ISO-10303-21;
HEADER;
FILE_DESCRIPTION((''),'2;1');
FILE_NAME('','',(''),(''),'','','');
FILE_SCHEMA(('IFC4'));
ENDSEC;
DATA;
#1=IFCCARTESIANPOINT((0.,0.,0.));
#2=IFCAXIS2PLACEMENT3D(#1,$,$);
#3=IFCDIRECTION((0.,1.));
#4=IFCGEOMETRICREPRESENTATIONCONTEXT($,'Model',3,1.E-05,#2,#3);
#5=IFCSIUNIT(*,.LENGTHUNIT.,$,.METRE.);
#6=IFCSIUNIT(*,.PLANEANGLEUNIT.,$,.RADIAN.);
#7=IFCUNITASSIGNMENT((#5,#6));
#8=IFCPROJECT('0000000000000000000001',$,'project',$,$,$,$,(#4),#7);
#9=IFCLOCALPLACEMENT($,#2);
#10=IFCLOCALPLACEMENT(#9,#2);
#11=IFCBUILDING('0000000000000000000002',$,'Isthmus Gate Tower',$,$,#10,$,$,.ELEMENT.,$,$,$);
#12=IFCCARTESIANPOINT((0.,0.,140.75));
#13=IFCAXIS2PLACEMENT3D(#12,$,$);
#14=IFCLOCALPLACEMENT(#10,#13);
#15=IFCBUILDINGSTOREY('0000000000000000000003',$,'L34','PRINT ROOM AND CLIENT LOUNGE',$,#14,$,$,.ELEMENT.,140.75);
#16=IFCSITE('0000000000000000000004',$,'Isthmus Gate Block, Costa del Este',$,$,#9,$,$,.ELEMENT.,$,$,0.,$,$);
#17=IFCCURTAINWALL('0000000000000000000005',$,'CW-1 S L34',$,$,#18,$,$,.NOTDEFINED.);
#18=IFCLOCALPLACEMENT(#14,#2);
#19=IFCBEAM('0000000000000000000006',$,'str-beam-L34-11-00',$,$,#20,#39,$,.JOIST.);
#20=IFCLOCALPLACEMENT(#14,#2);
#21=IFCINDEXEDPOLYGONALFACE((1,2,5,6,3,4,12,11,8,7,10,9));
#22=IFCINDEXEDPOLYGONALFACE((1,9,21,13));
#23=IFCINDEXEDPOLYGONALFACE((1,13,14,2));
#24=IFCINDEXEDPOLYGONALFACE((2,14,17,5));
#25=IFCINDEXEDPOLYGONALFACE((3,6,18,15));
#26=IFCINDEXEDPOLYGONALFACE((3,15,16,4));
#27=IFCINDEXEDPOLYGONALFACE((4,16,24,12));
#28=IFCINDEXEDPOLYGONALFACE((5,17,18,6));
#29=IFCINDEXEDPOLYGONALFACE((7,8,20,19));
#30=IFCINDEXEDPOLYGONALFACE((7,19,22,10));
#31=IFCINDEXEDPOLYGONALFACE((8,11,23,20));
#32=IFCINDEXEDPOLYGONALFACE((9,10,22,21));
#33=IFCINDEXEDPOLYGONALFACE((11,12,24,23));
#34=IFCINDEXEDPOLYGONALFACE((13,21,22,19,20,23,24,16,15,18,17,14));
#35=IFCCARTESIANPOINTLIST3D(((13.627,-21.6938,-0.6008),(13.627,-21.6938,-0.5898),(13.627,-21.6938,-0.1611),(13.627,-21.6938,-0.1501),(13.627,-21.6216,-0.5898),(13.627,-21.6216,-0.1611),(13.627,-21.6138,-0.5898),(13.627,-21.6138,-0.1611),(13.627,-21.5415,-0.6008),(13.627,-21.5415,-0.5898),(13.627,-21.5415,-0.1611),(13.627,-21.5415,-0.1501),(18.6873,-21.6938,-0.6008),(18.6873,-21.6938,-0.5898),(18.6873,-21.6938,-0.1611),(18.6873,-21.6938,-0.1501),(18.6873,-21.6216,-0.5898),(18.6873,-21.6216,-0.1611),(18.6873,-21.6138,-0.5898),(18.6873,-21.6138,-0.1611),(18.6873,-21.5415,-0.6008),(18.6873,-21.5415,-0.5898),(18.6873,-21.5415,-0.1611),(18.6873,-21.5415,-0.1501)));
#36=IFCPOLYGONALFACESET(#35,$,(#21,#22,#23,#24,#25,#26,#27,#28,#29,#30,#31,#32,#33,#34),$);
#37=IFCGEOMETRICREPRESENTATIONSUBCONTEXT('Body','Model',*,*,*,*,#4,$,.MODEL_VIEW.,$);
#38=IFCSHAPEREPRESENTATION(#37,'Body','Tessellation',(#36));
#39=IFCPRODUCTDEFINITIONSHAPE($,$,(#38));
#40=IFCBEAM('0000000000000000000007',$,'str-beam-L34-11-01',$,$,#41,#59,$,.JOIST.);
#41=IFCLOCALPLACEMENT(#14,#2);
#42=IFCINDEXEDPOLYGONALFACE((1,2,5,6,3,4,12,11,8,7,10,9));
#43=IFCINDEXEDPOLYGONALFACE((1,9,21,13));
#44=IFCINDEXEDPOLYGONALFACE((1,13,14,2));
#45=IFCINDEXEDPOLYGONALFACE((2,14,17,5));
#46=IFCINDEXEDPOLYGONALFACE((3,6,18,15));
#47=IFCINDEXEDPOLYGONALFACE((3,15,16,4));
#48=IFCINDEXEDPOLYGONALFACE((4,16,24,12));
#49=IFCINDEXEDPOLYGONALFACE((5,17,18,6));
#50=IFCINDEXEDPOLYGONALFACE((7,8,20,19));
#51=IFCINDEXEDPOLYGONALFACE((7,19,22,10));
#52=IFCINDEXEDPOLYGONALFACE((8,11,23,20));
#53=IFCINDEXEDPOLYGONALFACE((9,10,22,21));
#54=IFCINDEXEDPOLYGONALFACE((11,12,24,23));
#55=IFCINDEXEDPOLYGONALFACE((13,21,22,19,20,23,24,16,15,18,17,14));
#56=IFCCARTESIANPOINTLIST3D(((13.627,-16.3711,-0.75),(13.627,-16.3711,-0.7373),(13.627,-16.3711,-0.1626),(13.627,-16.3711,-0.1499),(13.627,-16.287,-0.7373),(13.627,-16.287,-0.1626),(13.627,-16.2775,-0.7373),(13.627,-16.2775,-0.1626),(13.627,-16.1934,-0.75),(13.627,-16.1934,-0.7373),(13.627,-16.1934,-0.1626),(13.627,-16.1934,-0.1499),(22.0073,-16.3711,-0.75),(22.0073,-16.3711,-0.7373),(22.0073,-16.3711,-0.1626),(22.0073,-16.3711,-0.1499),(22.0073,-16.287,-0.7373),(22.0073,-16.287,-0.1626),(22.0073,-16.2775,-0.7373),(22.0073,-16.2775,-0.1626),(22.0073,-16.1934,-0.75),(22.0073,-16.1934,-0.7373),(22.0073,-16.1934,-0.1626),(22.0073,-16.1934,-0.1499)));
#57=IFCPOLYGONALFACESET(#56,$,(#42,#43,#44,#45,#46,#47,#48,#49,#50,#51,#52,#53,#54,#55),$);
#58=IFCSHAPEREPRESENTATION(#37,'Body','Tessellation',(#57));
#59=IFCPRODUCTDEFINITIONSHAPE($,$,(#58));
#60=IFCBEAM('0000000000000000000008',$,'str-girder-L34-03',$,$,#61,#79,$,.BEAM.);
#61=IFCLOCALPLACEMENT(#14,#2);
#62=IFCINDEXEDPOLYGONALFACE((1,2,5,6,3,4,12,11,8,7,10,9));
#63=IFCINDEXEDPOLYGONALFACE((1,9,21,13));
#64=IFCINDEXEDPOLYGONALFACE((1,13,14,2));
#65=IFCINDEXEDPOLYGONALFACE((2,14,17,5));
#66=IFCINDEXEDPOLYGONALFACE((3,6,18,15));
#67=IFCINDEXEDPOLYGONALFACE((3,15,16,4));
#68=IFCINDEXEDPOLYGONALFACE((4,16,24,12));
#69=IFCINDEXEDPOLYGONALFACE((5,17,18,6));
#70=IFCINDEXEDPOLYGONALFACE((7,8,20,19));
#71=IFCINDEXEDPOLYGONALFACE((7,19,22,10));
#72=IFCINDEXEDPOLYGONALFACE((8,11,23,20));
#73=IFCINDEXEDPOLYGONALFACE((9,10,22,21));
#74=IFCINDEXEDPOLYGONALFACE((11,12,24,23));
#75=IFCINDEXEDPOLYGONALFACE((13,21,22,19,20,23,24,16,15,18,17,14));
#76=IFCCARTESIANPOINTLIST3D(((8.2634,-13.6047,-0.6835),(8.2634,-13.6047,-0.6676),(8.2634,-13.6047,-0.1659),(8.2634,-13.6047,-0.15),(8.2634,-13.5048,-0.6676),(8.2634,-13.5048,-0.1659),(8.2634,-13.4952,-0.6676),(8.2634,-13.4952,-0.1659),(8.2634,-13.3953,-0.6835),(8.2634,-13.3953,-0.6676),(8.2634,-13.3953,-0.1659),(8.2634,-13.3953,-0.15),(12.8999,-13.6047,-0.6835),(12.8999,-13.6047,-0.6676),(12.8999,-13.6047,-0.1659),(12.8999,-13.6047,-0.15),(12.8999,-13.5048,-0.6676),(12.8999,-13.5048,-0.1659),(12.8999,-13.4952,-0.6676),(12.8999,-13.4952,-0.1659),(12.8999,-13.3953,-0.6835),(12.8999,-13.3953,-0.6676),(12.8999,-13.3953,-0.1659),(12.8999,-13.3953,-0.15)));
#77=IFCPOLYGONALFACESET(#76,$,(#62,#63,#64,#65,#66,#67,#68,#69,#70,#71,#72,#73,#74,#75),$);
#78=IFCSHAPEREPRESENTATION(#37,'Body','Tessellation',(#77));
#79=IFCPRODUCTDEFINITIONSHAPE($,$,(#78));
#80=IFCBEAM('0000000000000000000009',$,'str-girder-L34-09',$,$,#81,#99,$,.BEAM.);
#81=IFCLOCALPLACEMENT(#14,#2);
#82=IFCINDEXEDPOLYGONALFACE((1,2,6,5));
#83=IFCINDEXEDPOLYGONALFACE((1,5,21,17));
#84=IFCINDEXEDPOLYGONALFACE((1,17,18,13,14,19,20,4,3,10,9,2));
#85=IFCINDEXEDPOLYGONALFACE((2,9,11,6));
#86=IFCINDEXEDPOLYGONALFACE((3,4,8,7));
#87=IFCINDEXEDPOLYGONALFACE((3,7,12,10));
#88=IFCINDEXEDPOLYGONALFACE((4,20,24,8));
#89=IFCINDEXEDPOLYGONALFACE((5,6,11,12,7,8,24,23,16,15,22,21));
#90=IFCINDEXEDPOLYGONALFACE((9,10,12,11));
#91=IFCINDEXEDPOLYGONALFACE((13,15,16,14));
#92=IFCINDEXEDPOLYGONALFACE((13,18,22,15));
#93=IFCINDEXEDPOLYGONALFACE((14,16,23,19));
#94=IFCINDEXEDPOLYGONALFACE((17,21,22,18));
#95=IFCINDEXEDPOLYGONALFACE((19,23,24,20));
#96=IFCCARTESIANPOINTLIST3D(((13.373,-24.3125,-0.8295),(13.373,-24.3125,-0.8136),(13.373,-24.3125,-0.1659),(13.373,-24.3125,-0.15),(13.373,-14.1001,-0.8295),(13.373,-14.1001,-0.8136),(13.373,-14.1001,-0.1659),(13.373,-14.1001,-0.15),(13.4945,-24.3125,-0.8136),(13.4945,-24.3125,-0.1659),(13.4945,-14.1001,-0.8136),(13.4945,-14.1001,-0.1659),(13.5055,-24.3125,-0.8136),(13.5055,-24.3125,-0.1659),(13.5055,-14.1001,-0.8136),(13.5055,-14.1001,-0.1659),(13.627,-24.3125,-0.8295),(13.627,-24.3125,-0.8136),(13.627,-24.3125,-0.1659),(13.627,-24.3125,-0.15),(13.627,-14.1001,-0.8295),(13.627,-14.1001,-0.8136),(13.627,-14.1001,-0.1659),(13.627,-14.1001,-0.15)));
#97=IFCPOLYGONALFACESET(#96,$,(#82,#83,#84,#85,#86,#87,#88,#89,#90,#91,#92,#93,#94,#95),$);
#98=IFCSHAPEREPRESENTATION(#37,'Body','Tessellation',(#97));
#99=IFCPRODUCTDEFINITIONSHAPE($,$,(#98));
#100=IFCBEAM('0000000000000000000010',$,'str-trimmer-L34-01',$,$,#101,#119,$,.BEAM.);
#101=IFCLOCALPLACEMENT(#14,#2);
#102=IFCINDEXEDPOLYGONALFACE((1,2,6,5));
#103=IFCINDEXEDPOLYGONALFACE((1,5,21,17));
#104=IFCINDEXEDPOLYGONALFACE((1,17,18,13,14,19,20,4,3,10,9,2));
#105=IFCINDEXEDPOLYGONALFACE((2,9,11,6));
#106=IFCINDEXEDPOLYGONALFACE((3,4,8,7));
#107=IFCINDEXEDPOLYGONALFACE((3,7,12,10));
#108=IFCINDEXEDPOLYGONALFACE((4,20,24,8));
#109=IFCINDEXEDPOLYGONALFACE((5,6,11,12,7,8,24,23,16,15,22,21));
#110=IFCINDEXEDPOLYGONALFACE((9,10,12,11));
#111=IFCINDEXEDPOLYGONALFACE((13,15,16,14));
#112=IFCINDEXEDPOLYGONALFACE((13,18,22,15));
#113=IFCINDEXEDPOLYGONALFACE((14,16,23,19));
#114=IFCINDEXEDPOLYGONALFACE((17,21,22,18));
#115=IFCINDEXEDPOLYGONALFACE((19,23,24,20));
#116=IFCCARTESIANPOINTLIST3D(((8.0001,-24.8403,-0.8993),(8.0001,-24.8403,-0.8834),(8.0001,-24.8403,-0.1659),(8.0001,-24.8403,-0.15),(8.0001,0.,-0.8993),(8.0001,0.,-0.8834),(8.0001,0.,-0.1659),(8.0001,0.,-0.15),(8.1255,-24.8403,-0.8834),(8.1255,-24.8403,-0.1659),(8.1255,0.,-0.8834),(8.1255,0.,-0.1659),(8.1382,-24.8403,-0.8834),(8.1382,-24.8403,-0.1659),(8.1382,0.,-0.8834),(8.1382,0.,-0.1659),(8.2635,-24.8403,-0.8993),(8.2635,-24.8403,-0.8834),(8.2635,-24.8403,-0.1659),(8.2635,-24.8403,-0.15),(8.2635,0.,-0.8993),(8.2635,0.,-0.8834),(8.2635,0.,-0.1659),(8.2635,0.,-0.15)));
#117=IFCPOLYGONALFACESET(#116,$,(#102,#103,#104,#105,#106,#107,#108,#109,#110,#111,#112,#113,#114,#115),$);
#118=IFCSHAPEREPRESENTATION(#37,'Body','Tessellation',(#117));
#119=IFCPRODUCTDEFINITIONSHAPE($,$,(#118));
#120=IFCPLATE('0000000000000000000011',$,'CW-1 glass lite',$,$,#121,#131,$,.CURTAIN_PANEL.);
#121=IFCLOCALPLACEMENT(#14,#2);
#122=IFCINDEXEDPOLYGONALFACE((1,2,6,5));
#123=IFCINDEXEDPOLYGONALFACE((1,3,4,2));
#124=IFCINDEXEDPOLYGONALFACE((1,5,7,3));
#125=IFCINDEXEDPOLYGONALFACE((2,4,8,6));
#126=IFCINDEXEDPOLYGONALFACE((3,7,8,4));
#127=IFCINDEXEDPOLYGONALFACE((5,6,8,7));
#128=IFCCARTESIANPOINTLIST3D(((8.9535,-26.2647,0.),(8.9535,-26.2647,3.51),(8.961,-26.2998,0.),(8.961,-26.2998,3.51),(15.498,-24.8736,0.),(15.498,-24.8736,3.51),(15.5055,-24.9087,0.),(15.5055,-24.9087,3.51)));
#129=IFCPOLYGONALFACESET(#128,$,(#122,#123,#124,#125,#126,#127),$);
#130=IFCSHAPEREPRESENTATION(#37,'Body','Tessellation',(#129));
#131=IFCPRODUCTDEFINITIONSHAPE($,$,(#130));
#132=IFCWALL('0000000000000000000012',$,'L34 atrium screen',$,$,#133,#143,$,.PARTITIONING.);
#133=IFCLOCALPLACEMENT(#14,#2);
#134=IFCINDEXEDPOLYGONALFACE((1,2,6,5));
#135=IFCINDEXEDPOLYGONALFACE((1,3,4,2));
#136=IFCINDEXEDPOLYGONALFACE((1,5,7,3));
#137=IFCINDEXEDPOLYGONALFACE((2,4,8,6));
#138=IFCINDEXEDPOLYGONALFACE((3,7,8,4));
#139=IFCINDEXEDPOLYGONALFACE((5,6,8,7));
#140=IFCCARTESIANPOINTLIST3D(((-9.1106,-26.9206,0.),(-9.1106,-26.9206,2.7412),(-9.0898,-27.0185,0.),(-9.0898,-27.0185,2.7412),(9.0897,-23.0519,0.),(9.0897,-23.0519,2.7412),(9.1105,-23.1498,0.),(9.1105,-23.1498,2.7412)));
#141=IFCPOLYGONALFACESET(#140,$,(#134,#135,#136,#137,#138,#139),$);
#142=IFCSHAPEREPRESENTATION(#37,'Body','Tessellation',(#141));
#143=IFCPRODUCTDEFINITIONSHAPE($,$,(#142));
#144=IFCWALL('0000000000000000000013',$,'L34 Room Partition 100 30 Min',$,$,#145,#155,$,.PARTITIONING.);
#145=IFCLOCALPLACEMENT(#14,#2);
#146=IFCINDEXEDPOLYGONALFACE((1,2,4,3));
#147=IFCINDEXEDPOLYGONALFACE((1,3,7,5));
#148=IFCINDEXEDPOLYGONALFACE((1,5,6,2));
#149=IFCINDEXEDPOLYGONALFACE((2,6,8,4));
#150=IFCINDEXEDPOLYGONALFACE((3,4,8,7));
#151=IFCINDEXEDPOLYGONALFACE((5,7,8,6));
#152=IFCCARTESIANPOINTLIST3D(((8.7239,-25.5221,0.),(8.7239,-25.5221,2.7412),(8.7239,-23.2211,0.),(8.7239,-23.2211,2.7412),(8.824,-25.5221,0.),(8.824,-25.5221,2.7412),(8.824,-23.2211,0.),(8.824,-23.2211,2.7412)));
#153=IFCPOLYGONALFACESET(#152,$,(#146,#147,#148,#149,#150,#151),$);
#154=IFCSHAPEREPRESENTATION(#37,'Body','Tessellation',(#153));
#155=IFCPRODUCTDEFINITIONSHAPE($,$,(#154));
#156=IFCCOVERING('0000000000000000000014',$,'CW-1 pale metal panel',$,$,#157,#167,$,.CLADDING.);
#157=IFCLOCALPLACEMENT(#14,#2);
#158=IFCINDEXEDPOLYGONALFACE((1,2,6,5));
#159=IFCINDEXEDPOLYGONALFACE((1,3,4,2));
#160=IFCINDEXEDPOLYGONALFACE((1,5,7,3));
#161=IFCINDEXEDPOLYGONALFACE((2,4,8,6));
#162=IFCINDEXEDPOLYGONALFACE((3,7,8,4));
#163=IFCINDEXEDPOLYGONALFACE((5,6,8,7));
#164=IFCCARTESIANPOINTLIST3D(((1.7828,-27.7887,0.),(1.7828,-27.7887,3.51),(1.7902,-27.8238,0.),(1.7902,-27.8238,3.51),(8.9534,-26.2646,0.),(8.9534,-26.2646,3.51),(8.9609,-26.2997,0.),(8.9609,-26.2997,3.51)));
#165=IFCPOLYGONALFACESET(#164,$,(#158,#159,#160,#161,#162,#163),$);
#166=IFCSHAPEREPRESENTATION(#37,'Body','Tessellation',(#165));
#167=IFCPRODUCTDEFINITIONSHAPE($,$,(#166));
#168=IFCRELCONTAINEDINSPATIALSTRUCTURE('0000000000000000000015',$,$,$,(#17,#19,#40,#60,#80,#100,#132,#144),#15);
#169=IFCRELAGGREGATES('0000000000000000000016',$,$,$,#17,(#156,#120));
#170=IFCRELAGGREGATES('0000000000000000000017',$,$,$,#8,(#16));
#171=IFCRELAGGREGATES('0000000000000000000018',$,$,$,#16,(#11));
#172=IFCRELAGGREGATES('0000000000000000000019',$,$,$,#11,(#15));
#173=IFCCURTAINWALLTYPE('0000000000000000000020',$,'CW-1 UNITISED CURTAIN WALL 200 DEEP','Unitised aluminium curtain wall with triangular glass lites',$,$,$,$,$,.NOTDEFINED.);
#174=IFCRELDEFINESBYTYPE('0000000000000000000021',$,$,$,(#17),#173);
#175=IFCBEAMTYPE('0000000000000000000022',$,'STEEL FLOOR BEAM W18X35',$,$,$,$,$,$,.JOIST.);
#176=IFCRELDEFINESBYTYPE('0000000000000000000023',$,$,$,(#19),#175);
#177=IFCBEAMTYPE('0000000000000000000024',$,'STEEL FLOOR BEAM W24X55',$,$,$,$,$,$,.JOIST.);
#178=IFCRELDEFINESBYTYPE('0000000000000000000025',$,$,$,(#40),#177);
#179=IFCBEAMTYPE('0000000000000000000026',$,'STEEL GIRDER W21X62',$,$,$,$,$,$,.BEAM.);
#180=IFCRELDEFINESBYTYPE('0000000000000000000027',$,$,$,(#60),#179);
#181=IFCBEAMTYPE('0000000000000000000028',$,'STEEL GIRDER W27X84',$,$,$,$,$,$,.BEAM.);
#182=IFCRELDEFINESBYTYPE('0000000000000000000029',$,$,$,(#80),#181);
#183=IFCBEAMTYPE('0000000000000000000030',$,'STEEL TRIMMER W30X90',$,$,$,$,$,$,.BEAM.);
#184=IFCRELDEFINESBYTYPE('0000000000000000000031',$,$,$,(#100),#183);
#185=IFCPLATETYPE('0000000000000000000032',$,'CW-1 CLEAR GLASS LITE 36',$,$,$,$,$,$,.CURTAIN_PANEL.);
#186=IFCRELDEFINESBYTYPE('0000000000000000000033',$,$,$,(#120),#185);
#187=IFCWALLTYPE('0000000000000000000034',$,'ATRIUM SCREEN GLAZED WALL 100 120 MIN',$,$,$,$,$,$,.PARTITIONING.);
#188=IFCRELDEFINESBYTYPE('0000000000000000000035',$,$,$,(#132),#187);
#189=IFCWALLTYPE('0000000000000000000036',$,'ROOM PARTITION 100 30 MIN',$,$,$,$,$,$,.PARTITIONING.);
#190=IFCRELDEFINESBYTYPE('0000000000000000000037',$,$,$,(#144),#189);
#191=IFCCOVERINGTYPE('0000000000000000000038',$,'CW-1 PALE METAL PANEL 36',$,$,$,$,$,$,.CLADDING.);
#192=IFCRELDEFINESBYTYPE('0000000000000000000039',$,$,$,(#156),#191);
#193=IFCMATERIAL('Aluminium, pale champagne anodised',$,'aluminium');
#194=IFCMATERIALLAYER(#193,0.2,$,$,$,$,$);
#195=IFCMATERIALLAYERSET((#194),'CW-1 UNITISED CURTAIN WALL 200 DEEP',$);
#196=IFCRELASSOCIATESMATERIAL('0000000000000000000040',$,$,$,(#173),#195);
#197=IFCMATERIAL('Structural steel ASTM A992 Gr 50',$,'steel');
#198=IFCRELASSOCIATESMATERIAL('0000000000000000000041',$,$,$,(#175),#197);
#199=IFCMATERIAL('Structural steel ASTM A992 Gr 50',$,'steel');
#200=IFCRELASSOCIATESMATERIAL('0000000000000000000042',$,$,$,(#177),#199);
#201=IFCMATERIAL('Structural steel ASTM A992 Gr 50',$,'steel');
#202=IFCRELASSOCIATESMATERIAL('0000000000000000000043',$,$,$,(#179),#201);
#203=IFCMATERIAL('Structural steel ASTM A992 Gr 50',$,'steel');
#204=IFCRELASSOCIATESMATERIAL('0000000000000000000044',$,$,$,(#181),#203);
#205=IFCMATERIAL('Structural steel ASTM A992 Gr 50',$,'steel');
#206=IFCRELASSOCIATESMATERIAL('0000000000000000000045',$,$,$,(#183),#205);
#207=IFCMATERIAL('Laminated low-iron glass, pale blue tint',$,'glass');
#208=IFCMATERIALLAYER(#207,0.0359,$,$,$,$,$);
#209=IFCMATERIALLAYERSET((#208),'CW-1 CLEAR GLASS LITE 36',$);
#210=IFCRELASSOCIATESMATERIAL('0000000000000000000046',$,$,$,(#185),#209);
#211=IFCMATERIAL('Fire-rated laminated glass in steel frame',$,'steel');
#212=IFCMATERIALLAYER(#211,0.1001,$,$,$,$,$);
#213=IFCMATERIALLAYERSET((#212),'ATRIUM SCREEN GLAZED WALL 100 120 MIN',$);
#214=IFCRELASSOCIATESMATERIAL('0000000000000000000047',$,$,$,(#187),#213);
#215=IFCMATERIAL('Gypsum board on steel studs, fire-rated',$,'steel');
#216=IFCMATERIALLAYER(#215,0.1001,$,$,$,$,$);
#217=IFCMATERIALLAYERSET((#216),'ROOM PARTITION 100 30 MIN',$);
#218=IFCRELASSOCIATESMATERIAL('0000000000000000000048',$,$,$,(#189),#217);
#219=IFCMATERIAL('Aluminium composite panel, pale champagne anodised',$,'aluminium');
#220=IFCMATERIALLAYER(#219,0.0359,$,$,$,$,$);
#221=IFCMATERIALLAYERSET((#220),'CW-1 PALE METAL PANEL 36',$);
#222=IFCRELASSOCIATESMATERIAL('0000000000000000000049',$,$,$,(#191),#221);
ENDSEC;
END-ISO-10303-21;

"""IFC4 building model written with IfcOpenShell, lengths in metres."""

from ifc_helpers import new_model, si_unit, direction, frame, frame_2d, origin, origin_2d, place, context, subcontext, project, spatial, rectangle, i_section, extrude, material, layer, layer_set, material_profile, profile_set, type_object, element, aggregate, save


model = new_model("IFC4")

# Units and contexts
model_context = context("Model", 3, precision=1e-05, world=origin(), true_north=direction((0.0, 1.0)))
body_context = subcontext(model_context, "Body", "Model", "MODEL_VIEW")
ifc_project = project(units=[si_unit("LENGTHUNIT", "METRE"), si_unit("PLANEANGLEUNIT", "RADIAN")], contexts=[model_context])

# Site, building, storey
site_placement = place(None, origin())
site = spatial("IfcSite", under=ifc_project, at=site_placement, Name="Isthmus Gate Block, Costa del Este", CompositionType="ELEMENT", RefElevation=0.0)
building_placement = place(site_placement, origin())
building = spatial("IfcBuilding", under=site, at=building_placement, Name="Isthmus Gate Tower", CompositionType="ELEMENT")
storey_placement = place(building_placement, frame((0.0, 0.0, 140.75)))
storey = spatial("IfcBuildingStorey", under=building, at=storey_placement, Name="L34", Description="PRINT ROOM AND CLIENT LOUNGE", CompositionType="ELEMENT", Elevation=140.75)

# Curtain wall
ifc_material_1 = material(Name="Aluminium, pale champagne anodised", Category="aluminium")
ifc_layer_1 = layer(ifc_material_1, 0.2)
ifc_layer_set_1 = layer_set([ifc_layer_1], Name="CW-1 UNITISED CURTAIN WALL 200 DEEP")
curtain_wall_type = type_object("IfcCurtainWallType", Name="CW-1 UNITISED CURTAIN WALL 200 DEEP", Description="Unitised aluminium curtain wall with triangular glass lites", PredefinedType="NOTDEFINED", material=ifc_layer_set_1)
curtain_wall_placement = place(storey_placement, origin())
curtain_wall = element("IfcCurtainWall", 1, at=curtain_wall_placement, inside=storey, type_object=curtain_wall_type, Name="CW-1 S L34", PredefinedType="NOTDEFINED")

# Beams
ifc_material_2 = material(Name="Structural steel ASTM A992 Gr 50", Category="steel")
ifc_material_profile_1 = material_profile(ifc_material_2, i_section(OverallWidth=0.1523, OverallDepth=0.4507, WebThickness=0.0078, FlangeThickness=0.011, at=origin_2d()), Name="W18X35")
ifc_profile_set_1 = profile_set([ifc_material_profile_1], Name="Structural steel ASTM A992 Gr 50")
beam_type_1 = type_object("IfcBeamType", Name="STEEL FLOOR BEAM W18X35", PredefinedType="JOIST", material=ifc_profile_set_1)
beam_1_placement = place(storey_placement, frame((13.627, -21.6177, -0.3755), z_axis=(1.0, 0.0, 0.0), x_axis=(0.0, 1.0, 0.0)))
element("IfcBeam", 2, at=beam_1_placement, inside=storey, type_object=beam_type_1, Name="str-beam-L34-11-00", PredefinedType="JOIST", context=body_context, shape_type="SweptSolid", body=[
    extrude(i_section(OverallWidth=0.1523, OverallDepth=0.4507, WebThickness=0.0078, FlangeThickness=0.011, at=origin_2d()), origin(), (0.0, 0.0, 1.0), 5.0603),
])
ifc_material_3 = material(Name="Structural steel ASTM A992 Gr 50", Category="steel")
ifc_material_profile_2 = material_profile(ifc_material_3, i_section(OverallWidth=0.1777, OverallDepth=0.6001, WebThickness=0.0095, FlangeThickness=0.0127, at=origin_2d()), Name="W24X55")
ifc_profile_set_2 = profile_set([ifc_material_profile_2], Name="Structural steel ASTM A992 Gr 50")
beam_type_2 = type_object("IfcBeamType", Name="STEEL FLOOR BEAM W24X55", PredefinedType="JOIST", material=ifc_profile_set_2)
beam_2_placement = place(storey_placement, frame((13.627, -16.2822, -0.45), z_axis=(1.0, 0.0, 0.0), x_axis=(0.0, 1.0, 0.0)))
element("IfcBeam", 3, at=beam_2_placement, inside=storey, type_object=beam_type_2, Name="str-beam-L34-11-01", PredefinedType="JOIST", context=body_context, shape_type="SweptSolid", body=[
    extrude(i_section(OverallWidth=0.1777, OverallDepth=0.6001, WebThickness=0.0095, FlangeThickness=0.0127, at=origin_2d()), origin(), (0.0, 0.0, 1.0), 8.3804),
])
ifc_material_4 = material(Name="Structural steel ASTM A992 Gr 50", Category="steel")
ifc_material_profile_3 = material_profile(ifc_material_4, i_section(OverallWidth=0.2095, OverallDepth=0.5334, WebThickness=0.0095, FlangeThickness=0.0159, at=origin_2d()), Name="W21X62")
ifc_profile_set_3 = profile_set([ifc_material_profile_3], Name="Structural steel ASTM A992 Gr 50")
beam_type_3 = type_object("IfcBeamType", Name="STEEL GIRDER W21X62", PredefinedType="BEAM", material=ifc_profile_set_3)
beam_3_placement = place(storey_placement, frame((8.2634, -13.5, -0.4167), z_axis=(1.0, 0.0, 0.0), x_axis=(0.0, 1.0, 0.0)))
element("IfcBeam", 4, at=beam_3_placement, inside=storey, type_object=beam_type_3, Name="str-girder-L34-03", PredefinedType="BEAM", context=body_context, shape_type="SweptSolid", body=[
    extrude(i_section(OverallWidth=0.2095, OverallDepth=0.5334, WebThickness=0.0095, FlangeThickness=0.0159, at=origin_2d()), origin(), (0.0, 0.0, 1.0), 4.6365),
])
ifc_material_5 = material(Name="Structural steel ASTM A992 Gr 50", Category="steel")
ifc_material_profile_4 = material_profile(ifc_material_5, i_section(OverallWidth=0.2539, OverallDepth=0.6794, WebThickness=0.011, FlangeThickness=0.0159, at=origin_2d()), Name="W27X84")
ifc_profile_set_4 = profile_set([ifc_material_profile_4], Name="Structural steel ASTM A992 Gr 50")
beam_type_4 = type_object("IfcBeamType", Name="STEEL GIRDER W27X84", PredefinedType="BEAM", material=ifc_profile_set_4)
beam_4_placement = place(storey_placement, frame((13.5, -24.3125, -0.4897), z_axis=(0.0, 1.0, 0.0), x_axis=(-1.0, 0.0, 0.0)))
element("IfcBeam", 5, at=beam_4_placement, inside=storey, type_object=beam_type_4, Name="str-girder-L34-09", PredefinedType="BEAM", context=body_context, shape_type="SweptSolid", body=[
    extrude(i_section(OverallWidth=0.2539, OverallDepth=0.6794, WebThickness=0.011, FlangeThickness=0.0159, at=origin_2d()), origin(), (0.0, 0.0, 1.0), 10.2124),
])
ifc_material_6 = material(Name="Structural steel ASTM A992 Gr 50", Category="steel")
ifc_material_profile_5 = material_profile(ifc_material_6, i_section(OverallWidth=0.2634, OverallDepth=0.7493, WebThickness=0.0127, FlangeThickness=0.0159, at=origin_2d()), Name="W30X90")
ifc_profile_set_5 = profile_set([ifc_material_profile_5], Name="Structural steel ASTM A992 Gr 50")
beam_type_5 = type_object("IfcBeamType", Name="STEEL TRIMMER W30X90", PredefinedType="BEAM", material=ifc_profile_set_5)
beam_5_placement = place(storey_placement, frame((8.1318, -24.8403, -0.5247), z_axis=(0.0, 1.0, 0.0), x_axis=(-1.0, 0.0, 0.0)))
element("IfcBeam", 6, at=beam_5_placement, inside=storey, type_object=beam_type_5, Name="str-trimmer-L34-01", PredefinedType="BEAM", context=body_context, shape_type="SweptSolid", body=[
    extrude(i_section(OverallWidth=0.2634, OverallDepth=0.7493, WebThickness=0.0127, FlangeThickness=0.0159, at=origin_2d()), origin(), (0.0, 0.0, 1.0), 24.8403),
])

# Plate
ifc_material_7 = material(Name="Laminated low-iron glass, pale blue tint", Category="glass")
ifc_layer_2 = layer(ifc_material_7, 0.0359)
ifc_layer_set_2 = layer_set([ifc_layer_2], Name="CW-1 CLEAR GLASS LITE 36")
plate_type = type_object("IfcPlateType", Name="CW-1 CLEAR GLASS LITE 36", PredefinedType="CURTAIN_PANEL", material=ifc_layer_set_2)
plate_placement = place(storey_placement, frame((12.2295, -25.5867, 0.0), z_axis=(0.0, 0.0, 1.0), x_axis=(0.978148, 0.207912, 0.0)))
plate = element("IfcPlate", 7, at=plate_placement, type_object=plate_type, Name="CW-1 glass lite", PredefinedType="CURTAIN_PANEL", context=body_context, shape_type="SweptSolid", body=[
    extrude(rectangle(XDim=6.6907, YDim=0.0359, at=origin_2d()), origin(), (0.0, 0.0, 1.0), 3.51),
])

# Walls
ifc_material_8 = material(Name="Fire-rated laminated glass in steel frame", Category="steel")
ifc_layer_3 = layer(ifc_material_8, 0.1001)
ifc_layer_set_3 = layer_set([ifc_layer_3], Name="ATRIUM SCREEN GLAZED WALL 100 120 MIN")
wall_type_1 = type_object("IfcWallType", Name="ATRIUM SCREEN GLAZED WALL 100 120 MIN", PredefinedType="PARTITIONING", material=ifc_layer_set_3)
wall_1_placement = place(storey_placement, frame((9.1001, -23.1008, 0.0), z_axis=(0.0, 0.0, 1.0), x_axis=(-0.978147, -0.207916, 0.0)))
element("IfcWall", 8, at=wall_1_placement, inside=storey, type_object=wall_type_1, Name="L34 atrium screen", PredefinedType="PARTITIONING", context=body_context, shape_type="SweptSolid", body=[
    extrude(rectangle(XDim=18.6069, YDim=0.1001, at=frame_2d((9.3035, 0.0))), origin(), (0.0, 0.0, 1.0), 2.7412),
])
ifc_material_9 = material(Name="Gypsum board on steel studs, fire-rated", Category="steel")
ifc_layer_4 = layer(ifc_material_9, 0.1001)
ifc_layer_set_4 = layer_set([ifc_layer_4], Name="ROOM PARTITION 100 30 MIN")
wall_type_2 = type_object("IfcWallType", Name="ROOM PARTITION 100 30 MIN", PredefinedType="PARTITIONING", material=ifc_layer_set_4)
wall_2_placement = place(storey_placement, frame((8.7739, -25.522, 0.0), z_axis=(0.0, 0.0, 1.0), x_axis=(0.0, 1.0, 0.0)))
element("IfcWall", 9, at=wall_2_placement, inside=storey, type_object=wall_type_2, Name="L34 Room Partition 100 30 Min", PredefinedType="PARTITIONING", context=body_context, shape_type="SweptSolid", body=[
    extrude(rectangle(XDim=2.301, YDim=0.1001, at=frame_2d((1.1504, 0.0))), origin(), (0.0, 0.0, 1.0), 2.7412),
])

# Covering
ifc_material_10 = material(Name="Aluminium composite panel, pale champagne anodised", Category="aluminium")
ifc_layer_5 = layer(ifc_material_10, 0.0359)
ifc_layer_set_5 = layer_set([ifc_layer_5], Name="CW-1 PALE METAL PANEL 36")
covering_type = type_object("IfcCoveringType", Name="CW-1 PALE METAL PANEL 36", PredefinedType="CLADDING", material=ifc_layer_set_5)
covering_placement = place(storey_placement, frame((5.3718, -27.0442, 0.0), z_axis=(0.0, 0.0, 1.0), x_axis=(0.978148, 0.207912, 0.0)))
covering = element("IfcCovering", 10, at=covering_placement, type_object=covering_type, Name="CW-1 pale metal panel", PredefinedType="CLADDING", context=body_context, shape_type="SweptSolid", body=[
    extrude(rectangle(XDim=7.3308, YDim=0.0359, at=origin_2d()), origin(), (0.0, 0.0, 1.0), 3.51),
])
aggregate(curtain_wall, [covering, plate])

save(model, "model.ifc")
